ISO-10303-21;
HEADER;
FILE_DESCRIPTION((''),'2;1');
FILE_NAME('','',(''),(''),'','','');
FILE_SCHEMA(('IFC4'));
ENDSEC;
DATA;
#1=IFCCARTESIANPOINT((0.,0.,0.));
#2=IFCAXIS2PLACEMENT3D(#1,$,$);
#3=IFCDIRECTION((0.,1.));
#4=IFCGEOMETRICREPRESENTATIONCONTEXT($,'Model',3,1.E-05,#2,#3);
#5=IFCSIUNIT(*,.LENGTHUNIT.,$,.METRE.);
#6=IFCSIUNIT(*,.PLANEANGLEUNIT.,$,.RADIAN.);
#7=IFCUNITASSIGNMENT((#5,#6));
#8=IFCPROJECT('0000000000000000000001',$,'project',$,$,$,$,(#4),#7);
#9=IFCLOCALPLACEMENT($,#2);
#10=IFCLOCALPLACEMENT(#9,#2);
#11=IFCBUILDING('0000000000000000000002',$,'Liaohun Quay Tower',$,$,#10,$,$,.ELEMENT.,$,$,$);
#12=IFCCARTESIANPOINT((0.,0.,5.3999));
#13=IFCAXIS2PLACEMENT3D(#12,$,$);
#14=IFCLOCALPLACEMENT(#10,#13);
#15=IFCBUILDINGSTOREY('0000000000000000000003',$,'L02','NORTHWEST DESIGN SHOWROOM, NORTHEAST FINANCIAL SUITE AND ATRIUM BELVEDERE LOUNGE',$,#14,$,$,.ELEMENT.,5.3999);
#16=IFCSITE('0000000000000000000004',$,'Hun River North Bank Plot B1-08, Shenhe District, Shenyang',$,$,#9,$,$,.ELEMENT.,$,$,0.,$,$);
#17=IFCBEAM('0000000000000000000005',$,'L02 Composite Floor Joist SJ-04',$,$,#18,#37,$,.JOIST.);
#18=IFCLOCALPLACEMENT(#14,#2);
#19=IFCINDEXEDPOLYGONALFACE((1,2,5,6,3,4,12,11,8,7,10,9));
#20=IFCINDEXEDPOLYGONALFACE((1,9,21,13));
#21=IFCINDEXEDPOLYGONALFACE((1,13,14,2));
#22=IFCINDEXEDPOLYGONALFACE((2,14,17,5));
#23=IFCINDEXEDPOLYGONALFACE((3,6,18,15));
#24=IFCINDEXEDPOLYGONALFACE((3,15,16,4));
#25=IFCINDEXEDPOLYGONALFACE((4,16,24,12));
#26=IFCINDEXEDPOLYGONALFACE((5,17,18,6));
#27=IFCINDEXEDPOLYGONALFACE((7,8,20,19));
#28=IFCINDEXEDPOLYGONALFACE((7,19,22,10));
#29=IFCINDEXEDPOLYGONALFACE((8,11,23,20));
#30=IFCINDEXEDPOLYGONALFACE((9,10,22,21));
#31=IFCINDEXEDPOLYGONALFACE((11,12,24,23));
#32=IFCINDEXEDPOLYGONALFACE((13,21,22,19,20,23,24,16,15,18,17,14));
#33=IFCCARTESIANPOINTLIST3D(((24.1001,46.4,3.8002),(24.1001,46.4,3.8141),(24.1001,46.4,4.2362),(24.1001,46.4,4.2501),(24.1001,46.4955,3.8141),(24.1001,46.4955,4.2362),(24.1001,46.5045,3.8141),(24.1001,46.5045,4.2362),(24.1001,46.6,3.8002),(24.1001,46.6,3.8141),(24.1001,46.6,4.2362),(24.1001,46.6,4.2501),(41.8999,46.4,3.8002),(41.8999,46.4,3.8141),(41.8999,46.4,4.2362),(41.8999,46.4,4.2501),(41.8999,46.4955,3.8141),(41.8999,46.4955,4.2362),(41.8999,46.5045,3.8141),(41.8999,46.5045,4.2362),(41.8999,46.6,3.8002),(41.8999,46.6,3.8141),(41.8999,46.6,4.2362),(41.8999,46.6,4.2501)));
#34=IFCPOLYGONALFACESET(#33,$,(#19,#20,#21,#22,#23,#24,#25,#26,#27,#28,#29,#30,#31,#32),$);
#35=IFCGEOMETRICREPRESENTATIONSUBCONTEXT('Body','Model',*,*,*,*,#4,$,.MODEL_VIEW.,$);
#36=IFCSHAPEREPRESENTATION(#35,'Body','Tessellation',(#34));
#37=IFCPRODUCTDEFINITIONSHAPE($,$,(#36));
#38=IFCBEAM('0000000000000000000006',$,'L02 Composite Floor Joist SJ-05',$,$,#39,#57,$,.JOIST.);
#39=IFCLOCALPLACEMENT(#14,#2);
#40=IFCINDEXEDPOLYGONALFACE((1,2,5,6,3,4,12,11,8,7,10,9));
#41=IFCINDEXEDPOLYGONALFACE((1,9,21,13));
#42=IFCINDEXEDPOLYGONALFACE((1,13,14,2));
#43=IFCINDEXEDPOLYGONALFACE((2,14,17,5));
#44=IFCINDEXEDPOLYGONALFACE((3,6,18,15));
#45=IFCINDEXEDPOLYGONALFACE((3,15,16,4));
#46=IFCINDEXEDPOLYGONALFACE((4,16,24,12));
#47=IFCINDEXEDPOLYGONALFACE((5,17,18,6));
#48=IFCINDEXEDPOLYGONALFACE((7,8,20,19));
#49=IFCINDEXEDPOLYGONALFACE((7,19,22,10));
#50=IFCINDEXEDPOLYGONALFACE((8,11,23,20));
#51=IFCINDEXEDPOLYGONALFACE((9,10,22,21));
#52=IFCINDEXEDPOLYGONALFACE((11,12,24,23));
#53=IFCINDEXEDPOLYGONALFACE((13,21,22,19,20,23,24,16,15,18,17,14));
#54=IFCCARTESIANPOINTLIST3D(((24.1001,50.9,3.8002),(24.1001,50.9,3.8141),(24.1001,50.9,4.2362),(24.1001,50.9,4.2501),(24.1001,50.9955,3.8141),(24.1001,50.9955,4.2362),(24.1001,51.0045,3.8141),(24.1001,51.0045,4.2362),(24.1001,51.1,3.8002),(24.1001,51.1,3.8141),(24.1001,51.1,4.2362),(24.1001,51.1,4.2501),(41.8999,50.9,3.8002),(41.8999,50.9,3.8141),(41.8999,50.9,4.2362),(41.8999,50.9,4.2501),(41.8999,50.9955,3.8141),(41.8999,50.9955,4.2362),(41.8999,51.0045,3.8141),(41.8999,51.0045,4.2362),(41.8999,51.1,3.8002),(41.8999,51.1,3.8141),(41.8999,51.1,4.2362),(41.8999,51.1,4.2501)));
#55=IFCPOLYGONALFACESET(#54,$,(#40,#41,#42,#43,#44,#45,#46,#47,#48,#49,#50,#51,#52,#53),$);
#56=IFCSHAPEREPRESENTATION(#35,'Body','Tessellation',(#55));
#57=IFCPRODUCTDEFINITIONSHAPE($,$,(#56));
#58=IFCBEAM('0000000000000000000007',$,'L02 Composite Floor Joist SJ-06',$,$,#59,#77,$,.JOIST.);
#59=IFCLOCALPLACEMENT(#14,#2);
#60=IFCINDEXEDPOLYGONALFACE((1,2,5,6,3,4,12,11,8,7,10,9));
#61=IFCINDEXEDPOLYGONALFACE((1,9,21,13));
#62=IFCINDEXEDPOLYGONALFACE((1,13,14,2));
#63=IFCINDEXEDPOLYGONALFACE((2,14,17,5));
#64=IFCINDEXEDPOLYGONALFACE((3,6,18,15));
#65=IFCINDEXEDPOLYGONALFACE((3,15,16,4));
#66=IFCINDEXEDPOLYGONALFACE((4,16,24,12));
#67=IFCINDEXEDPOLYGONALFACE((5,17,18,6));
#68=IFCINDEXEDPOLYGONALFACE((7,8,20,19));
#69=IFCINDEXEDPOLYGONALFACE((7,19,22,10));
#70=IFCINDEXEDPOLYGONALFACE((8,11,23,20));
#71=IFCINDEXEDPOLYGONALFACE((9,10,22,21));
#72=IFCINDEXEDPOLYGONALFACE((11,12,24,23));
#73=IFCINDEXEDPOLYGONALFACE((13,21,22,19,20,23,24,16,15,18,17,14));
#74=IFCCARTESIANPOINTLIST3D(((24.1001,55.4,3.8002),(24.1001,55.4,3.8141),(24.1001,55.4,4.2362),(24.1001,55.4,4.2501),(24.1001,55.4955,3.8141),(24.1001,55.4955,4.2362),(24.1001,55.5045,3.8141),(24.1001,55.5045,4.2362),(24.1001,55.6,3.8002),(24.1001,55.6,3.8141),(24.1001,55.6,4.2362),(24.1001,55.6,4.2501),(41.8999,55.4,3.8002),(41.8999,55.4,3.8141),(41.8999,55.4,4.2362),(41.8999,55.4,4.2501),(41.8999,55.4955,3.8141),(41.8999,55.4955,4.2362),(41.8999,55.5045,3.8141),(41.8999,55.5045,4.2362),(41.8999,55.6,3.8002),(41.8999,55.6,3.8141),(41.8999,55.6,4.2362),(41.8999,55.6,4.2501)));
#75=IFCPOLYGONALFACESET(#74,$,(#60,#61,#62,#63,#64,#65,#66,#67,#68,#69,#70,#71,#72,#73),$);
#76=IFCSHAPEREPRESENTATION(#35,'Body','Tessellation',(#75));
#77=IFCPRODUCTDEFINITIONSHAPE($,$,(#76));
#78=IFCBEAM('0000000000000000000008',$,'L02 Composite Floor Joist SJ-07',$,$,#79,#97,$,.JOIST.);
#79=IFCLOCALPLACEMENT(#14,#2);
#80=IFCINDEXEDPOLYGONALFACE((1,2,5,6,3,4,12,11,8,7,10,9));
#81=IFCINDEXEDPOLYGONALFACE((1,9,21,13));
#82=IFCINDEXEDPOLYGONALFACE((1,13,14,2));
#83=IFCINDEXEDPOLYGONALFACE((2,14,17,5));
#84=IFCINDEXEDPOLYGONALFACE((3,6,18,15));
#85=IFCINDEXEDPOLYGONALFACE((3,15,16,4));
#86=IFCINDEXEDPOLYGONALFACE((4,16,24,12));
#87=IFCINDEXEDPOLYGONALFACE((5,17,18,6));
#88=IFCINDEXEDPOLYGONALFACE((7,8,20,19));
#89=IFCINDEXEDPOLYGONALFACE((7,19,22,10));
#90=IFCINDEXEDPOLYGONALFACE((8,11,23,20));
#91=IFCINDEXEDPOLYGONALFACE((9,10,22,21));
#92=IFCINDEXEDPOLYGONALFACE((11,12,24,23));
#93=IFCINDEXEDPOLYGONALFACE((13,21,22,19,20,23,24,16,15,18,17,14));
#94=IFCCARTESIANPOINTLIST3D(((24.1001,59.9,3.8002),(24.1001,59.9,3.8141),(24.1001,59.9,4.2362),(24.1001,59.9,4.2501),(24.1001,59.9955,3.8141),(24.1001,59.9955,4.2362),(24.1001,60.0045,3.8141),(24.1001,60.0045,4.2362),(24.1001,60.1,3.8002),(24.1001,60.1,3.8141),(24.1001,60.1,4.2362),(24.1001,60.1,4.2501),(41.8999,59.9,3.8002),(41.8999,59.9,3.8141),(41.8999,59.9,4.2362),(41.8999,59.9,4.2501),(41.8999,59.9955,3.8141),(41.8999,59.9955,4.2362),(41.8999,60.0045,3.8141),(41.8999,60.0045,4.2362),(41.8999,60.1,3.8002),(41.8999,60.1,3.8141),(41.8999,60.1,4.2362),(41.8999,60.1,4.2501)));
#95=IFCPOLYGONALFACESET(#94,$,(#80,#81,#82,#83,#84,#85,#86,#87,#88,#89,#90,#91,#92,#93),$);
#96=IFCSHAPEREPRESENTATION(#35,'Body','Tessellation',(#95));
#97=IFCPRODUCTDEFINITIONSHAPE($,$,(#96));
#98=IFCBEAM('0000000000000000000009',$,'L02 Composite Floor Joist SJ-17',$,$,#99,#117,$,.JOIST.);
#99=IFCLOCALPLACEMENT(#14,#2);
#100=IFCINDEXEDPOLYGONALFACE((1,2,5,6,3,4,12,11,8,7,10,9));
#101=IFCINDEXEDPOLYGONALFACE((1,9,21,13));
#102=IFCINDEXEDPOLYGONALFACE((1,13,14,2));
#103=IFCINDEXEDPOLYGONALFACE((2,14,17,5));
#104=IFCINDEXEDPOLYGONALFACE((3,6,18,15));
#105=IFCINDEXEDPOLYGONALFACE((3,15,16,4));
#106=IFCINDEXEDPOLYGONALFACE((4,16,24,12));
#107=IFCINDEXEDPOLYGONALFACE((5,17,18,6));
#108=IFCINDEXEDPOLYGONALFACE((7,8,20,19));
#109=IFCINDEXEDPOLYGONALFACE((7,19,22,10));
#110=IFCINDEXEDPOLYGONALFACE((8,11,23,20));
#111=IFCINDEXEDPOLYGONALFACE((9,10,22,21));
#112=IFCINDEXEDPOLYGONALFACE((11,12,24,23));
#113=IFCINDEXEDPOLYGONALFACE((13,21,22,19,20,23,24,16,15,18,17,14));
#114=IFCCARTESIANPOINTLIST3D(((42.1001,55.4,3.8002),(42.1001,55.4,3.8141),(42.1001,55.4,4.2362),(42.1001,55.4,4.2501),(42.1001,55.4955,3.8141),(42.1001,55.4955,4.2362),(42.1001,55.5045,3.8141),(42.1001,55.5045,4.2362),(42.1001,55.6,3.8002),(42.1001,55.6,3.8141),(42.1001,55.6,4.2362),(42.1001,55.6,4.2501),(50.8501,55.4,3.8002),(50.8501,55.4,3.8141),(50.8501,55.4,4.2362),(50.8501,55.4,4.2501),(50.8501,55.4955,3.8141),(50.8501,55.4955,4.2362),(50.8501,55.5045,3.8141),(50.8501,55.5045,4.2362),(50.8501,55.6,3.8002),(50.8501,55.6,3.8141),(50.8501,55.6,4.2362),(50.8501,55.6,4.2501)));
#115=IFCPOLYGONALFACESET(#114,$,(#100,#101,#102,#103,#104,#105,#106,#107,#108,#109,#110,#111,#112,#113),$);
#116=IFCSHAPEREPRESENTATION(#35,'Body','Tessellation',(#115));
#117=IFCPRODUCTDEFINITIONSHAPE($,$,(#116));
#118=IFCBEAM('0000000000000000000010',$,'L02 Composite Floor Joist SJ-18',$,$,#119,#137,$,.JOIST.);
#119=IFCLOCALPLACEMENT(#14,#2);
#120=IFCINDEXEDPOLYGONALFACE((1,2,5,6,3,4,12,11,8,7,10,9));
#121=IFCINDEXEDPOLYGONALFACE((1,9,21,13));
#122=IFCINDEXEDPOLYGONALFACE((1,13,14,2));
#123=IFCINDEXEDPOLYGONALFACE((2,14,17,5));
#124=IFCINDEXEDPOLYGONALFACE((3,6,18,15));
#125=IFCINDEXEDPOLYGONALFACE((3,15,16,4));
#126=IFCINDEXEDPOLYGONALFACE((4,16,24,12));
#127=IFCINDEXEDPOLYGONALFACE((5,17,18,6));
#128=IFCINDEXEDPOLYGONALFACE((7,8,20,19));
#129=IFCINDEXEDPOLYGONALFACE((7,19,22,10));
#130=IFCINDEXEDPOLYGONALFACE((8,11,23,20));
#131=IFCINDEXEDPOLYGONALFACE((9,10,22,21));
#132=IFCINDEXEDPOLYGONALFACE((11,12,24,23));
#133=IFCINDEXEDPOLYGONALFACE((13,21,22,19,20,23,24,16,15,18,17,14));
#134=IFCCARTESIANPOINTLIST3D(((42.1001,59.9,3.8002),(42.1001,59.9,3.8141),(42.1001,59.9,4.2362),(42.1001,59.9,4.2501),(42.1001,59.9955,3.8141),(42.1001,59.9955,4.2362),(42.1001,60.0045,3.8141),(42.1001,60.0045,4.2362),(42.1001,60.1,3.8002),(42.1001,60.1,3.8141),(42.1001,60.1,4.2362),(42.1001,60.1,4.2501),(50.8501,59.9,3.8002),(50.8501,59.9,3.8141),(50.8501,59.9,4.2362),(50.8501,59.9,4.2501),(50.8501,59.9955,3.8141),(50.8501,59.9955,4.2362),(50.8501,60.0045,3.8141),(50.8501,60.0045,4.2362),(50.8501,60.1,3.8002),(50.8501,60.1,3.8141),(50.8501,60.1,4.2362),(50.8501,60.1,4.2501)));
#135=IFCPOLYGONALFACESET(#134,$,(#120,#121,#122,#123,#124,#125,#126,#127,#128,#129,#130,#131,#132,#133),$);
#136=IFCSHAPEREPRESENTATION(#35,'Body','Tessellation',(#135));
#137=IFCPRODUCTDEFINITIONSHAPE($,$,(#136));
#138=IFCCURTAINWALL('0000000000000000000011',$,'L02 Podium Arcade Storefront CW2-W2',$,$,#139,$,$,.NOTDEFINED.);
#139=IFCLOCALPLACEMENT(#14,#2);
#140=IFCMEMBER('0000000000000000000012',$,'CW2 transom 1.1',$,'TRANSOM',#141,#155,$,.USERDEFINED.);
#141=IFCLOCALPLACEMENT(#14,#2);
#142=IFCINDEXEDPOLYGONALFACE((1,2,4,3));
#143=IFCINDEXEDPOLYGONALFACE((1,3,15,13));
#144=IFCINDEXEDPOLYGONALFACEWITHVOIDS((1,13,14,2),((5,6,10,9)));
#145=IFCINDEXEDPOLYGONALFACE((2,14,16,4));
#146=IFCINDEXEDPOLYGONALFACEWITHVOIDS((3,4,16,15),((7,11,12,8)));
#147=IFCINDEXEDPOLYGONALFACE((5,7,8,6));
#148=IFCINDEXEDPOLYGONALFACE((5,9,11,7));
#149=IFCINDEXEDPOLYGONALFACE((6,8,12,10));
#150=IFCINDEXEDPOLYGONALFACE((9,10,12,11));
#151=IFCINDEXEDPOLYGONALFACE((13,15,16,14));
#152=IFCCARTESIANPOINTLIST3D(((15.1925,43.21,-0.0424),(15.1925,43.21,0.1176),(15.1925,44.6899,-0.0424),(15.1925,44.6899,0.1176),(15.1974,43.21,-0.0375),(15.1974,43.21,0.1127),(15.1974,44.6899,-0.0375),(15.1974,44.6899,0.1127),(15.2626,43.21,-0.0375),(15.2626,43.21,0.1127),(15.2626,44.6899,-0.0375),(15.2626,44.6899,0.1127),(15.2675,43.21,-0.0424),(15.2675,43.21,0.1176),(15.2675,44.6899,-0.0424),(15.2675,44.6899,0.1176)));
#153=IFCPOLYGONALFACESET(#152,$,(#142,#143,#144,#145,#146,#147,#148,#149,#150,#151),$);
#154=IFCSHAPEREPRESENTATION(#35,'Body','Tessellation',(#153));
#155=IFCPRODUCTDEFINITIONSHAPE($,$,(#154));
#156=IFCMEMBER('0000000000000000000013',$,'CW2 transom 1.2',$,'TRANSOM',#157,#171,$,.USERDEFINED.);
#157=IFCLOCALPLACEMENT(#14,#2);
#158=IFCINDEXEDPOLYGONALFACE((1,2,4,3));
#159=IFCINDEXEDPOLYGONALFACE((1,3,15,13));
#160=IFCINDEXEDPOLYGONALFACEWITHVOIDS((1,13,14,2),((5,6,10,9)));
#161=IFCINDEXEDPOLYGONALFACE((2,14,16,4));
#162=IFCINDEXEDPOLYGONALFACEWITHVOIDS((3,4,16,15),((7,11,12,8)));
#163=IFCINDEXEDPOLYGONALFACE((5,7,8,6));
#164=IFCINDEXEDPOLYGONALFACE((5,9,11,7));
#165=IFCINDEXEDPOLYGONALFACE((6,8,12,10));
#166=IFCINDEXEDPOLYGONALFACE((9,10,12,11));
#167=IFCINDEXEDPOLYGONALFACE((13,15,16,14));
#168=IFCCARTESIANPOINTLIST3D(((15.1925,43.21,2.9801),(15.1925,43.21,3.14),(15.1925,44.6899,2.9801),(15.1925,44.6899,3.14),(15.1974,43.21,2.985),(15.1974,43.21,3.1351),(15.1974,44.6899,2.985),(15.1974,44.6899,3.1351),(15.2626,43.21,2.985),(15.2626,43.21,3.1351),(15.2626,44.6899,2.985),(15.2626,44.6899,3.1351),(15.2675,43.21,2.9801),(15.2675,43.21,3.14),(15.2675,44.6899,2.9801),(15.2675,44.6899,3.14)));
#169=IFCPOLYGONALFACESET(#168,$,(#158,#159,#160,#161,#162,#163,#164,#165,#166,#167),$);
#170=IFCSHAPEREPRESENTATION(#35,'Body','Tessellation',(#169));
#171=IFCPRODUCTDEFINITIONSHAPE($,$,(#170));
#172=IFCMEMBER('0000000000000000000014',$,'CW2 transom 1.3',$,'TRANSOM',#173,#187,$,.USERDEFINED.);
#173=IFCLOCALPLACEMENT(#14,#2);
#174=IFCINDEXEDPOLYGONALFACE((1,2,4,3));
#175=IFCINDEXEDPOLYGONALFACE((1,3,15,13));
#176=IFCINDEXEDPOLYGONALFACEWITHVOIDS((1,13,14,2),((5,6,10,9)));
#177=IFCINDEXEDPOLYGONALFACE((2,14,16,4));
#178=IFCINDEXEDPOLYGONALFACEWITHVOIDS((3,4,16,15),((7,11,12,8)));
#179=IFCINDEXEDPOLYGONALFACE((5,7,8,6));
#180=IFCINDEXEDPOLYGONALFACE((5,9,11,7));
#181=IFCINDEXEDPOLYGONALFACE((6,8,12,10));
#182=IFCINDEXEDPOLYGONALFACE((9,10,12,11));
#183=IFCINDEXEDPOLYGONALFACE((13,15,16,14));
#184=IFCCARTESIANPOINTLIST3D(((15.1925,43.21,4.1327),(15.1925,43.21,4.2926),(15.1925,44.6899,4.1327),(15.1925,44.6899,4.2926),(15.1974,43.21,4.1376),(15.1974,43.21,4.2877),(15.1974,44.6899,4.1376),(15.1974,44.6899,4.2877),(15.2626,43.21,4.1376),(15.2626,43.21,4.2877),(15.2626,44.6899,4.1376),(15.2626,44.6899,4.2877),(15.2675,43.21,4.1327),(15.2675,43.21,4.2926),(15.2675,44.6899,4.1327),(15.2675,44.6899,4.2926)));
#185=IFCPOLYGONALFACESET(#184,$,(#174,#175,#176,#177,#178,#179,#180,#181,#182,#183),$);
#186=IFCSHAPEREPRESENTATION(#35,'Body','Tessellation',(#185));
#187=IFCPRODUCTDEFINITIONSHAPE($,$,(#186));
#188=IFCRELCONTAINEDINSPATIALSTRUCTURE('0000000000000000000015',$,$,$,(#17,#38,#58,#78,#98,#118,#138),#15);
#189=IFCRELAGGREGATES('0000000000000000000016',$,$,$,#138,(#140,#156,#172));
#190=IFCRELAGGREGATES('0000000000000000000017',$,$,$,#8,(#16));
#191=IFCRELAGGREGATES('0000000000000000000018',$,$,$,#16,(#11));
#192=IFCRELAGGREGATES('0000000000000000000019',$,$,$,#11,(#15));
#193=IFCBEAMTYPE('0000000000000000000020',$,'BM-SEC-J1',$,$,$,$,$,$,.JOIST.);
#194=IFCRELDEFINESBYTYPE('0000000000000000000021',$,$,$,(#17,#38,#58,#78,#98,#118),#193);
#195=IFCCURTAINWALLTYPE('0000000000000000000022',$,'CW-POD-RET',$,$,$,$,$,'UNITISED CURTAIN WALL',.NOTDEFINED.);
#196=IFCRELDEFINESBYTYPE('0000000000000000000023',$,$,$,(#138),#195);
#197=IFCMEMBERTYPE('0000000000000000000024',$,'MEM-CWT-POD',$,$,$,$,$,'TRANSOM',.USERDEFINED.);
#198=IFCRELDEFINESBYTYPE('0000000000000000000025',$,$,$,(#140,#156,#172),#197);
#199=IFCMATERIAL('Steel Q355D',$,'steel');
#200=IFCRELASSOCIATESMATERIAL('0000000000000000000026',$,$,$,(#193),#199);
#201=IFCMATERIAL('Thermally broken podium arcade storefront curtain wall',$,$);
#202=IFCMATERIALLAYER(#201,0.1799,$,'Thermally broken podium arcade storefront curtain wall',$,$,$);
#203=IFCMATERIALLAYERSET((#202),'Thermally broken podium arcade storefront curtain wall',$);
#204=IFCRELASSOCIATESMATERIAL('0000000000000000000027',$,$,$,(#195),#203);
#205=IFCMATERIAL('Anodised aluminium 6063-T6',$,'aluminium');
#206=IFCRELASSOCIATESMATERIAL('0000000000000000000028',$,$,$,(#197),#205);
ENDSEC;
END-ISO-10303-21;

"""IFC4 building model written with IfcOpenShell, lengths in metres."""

from ifc_helpers import new_model, si_unit, direction, frame, origin, origin_2d, place, context, subcontext, project, spatial, hollow_rectangle, i_section, extrude, source, transform, mapped, material, layer, layer_set, material_profile, profile_set, type_object, element, aggregate, save


model = new_model("IFC4")

# Units and contexts
model_context = context("Model", 3, precision=1e-05, world=origin(), true_north=direction((0.0, 1.0)))
body_context = subcontext(model_context, "Body", "Model", "MODEL_VIEW")
ifc_project = project(units=[si_unit("LENGTHUNIT", "METRE"), si_unit("PLANEANGLEUNIT", "RADIAN")], contexts=[model_context])

# Site, building, storey
site_placement = place(None, origin())
site = spatial("IfcSite", under=ifc_project, at=site_placement, Name="Hun River North Bank Plot B1-08, Shenhe District, Shenyang", CompositionType="ELEMENT", RefElevation=0.0)
building_placement = place(site_placement, origin())
building = spatial("IfcBuilding", under=site, at=building_placement, Name="Liaohun Quay Tower", CompositionType="ELEMENT")
storey_placement = place(building_placement, frame((0.0, 0.0, 5.3999)))
storey = spatial("IfcBuildingStorey", under=building, at=storey_placement, Name="L02", Description="NORTHWEST DESIGN SHOWROOM, NORTHEAST FINANCIAL SUITE AND ATRIUM BELVEDERE LOUNGE", CompositionType="ELEMENT", Elevation=5.3999)

# Beams
ifc_material_1 = material(Name="Steel Q355D", Category="steel")
ifc_material_profile_1 = material_profile(ifc_material_1, i_section(OverallWidth=0.2, OverallDepth=0.45, WebThickness=0.009, FlangeThickness=0.0139, at=origin_2d()), Name="HN450x200x9x14")
ifc_profile_set_1 = profile_set([ifc_material_profile_1], Name="Steel Q355D")
beam_type = type_object("IfcBeamType", Name="BM-SEC-J1", PredefinedType="JOIST", material=ifc_profile_set_1)
shared_shape_1 = source(origin(), body_context, "Body", "SweptSolid", [
    extrude(i_section(OverallWidth=0.2, OverallDepth=0.45, WebThickness=0.009, FlangeThickness=0.0139, at=origin_2d()), origin(), (0.0, 0.0, 1.0), 17.7998),
])
for number, where, z_axis, x_axis, name in (
    (1, (24.1001, 46.5, 4.0251), (1.0, 0.0, 0.0), (0.0, 1.0, 0.0), "L02 Composite Floor Joist SJ-04"),
    (2, (24.1001, 51.0, 4.0251), (1.0, 0.0, 0.0), (0.0, 1.0, 0.0), "L02 Composite Floor Joist SJ-05"),
    (3, (24.1001, 55.5, 4.0251), (1.0, 0.0, 0.0), (0.0, 1.0, 0.0), "L02 Composite Floor Joist SJ-06"),
    (4, (24.1001, 60.0, 4.0251), (1.0, 0.0, 0.0), (0.0, 1.0, 0.0), "L02 Composite Floor Joist SJ-07"),
):
    element("IfcBeam", number, at=place(storey_placement, frame(where, z_axis=z_axis, x_axis=x_axis)), inside=storey, type_object=beam_type, Name=name, PredefinedType="JOIST", context=body_context, shape_type="MappedRepresentation", body=[
        mapped(shared_shape_1, transform((0.0, 0.0, 0.0), x_axis=(1.0, 0.0, 0.0), y_axis=(0.0, 1.0, 0.0), z_axis=(0.0, 0.0, 1.0), scale=1.0)),
    ])
shared_shape_2 = source(origin(), body_context, "Body", "SweptSolid", [
    extrude(i_section(OverallWidth=0.2, OverallDepth=0.45, WebThickness=0.009, FlangeThickness=0.0139, at=origin_2d()), origin(), (0.0, 0.0, 1.0), 8.75),
])
for number, where, z_axis, x_axis, name in (
    (5, (42.1001, 55.5, 4.0251), (1.0, 0.0, 0.0), (0.0, 1.0, 0.0), "L02 Composite Floor Joist SJ-17"),
    (6, (42.1001, 60.0, 4.0251), (1.0, 0.0, 0.0), (0.0, 1.0, 0.0), "L02 Composite Floor Joist SJ-18"),
):
    element("IfcBeam", number, at=place(storey_placement, frame(where, z_axis=z_axis, x_axis=x_axis)), inside=storey, type_object=beam_type, Name=name, PredefinedType="JOIST", context=body_context, shape_type="MappedRepresentation", body=[
        mapped(shared_shape_2, transform((0.0, 0.0, 0.0), x_axis=(1.0, 0.0, 0.0), y_axis=(0.0, 1.0, 0.0), z_axis=(0.0, 0.0, 1.0), scale=1.0)),
    ])

# Curtain wall, members
ifc_material_2 = material(Name="Thermally broken podium arcade storefront curtain wall")
ifc_layer_1 = layer(ifc_material_2, 0.1799, Name="Thermally broken podium arcade storefront curtain wall")
ifc_layer_set_1 = layer_set([ifc_layer_1], Name="Thermally broken podium arcade storefront curtain wall")
curtain_wall_type = type_object("IfcCurtainWallType", Name="CW-POD-RET", ElementType="UNITISED CURTAIN WALL", PredefinedType="NOTDEFINED", material=ifc_layer_set_1)
curtain_wall_placement = place(storey_placement, origin())
curtain_wall = element("IfcCurtainWall", 7, at=curtain_wall_placement, inside=storey, type_object=curtain_wall_type, Name="L02 Podium Arcade Storefront CW2-W2", PredefinedType="NOTDEFINED")
ifc_material_3 = material(Name="Anodised aluminium 6063-T6", Category="aluminium")
ifc_material_profile_2 = material_profile(ifc_material_3, hollow_rectangle(XDim=0.075, YDim=0.1599, WallThickness=0.0049, at=origin_2d()), Name="RHS160x75x5")
ifc_profile_set_2 = profile_set([ifc_material_profile_2], Name="Anodised aluminium 6063-T6")
member_type_1 = type_object("IfcMemberType", Name="MEM-CWT-POD", ElementType="TRANSOM", PredefinedType="USERDEFINED", material=ifc_profile_set_2)
shared_shape_3 = source(origin(), body_context, "Body", "SweptSolid", [
    extrude(hollow_rectangle(XDim=0.075, YDim=0.1599, WallThickness=0.0049, at=origin_2d()), origin(), (0.0, 0.0, 1.0), 1.48),
])
member_1_placement = place(storey_placement, frame((15.23, 44.6899, 0.0376), z_axis=(0.0, -1.0, 0.0), x_axis=(1.0, 0.0, 0.0)))
member_1 = element("IfcMember", 8, at=member_1_placement, type_object=member_type_1, Name="CW2 transom 1.1", ObjectType="TRANSOM", PredefinedType="USERDEFINED", context=body_context, shape_type="MappedRepresentation", body=[
    mapped(shared_shape_3, transform((0.0, 0.0, 0.0), x_axis=(1.0, 0.0, 0.0), y_axis=(0.0, 1.0, 0.0), z_axis=(0.0, 0.0, 1.0), scale=1.0)),
])
member_2_placement = place(storey_placement, frame((15.23, 44.6899, 3.0601), z_axis=(0.0, -1.0, 0.0), x_axis=(1.0, 0.0, 0.0)))
member_2 = element("IfcMember", 9, at=member_2_placement, type_object=member_type_1, Name="CW2 transom 1.2", ObjectType="TRANSOM", PredefinedType="USERDEFINED", context=body_context, shape_type="MappedRepresentation", body=[
    mapped(shared_shape_3, transform((0.0, 0.0, 0.0), x_axis=(1.0, 0.0, 0.0), y_axis=(0.0, 1.0, 0.0), z_axis=(0.0, 0.0, 1.0), scale=1.0)),
])
member_3_placement = place(storey_placement, frame((15.23, 44.6899, 4.2126), z_axis=(0.0, -1.0, 0.0), x_axis=(1.0, 0.0, 0.0)))
member_3 = element("IfcMember", 10, at=member_3_placement, type_object=member_type_1, Name="CW2 transom 1.3", ObjectType="TRANSOM", PredefinedType="USERDEFINED", context=body_context, shape_type="MappedRepresentation", body=[
    mapped(shared_shape_3, transform((0.0, 0.0, 0.0), x_axis=(1.0, 0.0, 0.0), y_axis=(0.0, 1.0, 0.0), z_axis=(0.0, 0.0, 1.0), scale=1.0)),
])
aggregate(curtain_wall, [member_1, member_2, member_3])

save(model, "model.ifc")
